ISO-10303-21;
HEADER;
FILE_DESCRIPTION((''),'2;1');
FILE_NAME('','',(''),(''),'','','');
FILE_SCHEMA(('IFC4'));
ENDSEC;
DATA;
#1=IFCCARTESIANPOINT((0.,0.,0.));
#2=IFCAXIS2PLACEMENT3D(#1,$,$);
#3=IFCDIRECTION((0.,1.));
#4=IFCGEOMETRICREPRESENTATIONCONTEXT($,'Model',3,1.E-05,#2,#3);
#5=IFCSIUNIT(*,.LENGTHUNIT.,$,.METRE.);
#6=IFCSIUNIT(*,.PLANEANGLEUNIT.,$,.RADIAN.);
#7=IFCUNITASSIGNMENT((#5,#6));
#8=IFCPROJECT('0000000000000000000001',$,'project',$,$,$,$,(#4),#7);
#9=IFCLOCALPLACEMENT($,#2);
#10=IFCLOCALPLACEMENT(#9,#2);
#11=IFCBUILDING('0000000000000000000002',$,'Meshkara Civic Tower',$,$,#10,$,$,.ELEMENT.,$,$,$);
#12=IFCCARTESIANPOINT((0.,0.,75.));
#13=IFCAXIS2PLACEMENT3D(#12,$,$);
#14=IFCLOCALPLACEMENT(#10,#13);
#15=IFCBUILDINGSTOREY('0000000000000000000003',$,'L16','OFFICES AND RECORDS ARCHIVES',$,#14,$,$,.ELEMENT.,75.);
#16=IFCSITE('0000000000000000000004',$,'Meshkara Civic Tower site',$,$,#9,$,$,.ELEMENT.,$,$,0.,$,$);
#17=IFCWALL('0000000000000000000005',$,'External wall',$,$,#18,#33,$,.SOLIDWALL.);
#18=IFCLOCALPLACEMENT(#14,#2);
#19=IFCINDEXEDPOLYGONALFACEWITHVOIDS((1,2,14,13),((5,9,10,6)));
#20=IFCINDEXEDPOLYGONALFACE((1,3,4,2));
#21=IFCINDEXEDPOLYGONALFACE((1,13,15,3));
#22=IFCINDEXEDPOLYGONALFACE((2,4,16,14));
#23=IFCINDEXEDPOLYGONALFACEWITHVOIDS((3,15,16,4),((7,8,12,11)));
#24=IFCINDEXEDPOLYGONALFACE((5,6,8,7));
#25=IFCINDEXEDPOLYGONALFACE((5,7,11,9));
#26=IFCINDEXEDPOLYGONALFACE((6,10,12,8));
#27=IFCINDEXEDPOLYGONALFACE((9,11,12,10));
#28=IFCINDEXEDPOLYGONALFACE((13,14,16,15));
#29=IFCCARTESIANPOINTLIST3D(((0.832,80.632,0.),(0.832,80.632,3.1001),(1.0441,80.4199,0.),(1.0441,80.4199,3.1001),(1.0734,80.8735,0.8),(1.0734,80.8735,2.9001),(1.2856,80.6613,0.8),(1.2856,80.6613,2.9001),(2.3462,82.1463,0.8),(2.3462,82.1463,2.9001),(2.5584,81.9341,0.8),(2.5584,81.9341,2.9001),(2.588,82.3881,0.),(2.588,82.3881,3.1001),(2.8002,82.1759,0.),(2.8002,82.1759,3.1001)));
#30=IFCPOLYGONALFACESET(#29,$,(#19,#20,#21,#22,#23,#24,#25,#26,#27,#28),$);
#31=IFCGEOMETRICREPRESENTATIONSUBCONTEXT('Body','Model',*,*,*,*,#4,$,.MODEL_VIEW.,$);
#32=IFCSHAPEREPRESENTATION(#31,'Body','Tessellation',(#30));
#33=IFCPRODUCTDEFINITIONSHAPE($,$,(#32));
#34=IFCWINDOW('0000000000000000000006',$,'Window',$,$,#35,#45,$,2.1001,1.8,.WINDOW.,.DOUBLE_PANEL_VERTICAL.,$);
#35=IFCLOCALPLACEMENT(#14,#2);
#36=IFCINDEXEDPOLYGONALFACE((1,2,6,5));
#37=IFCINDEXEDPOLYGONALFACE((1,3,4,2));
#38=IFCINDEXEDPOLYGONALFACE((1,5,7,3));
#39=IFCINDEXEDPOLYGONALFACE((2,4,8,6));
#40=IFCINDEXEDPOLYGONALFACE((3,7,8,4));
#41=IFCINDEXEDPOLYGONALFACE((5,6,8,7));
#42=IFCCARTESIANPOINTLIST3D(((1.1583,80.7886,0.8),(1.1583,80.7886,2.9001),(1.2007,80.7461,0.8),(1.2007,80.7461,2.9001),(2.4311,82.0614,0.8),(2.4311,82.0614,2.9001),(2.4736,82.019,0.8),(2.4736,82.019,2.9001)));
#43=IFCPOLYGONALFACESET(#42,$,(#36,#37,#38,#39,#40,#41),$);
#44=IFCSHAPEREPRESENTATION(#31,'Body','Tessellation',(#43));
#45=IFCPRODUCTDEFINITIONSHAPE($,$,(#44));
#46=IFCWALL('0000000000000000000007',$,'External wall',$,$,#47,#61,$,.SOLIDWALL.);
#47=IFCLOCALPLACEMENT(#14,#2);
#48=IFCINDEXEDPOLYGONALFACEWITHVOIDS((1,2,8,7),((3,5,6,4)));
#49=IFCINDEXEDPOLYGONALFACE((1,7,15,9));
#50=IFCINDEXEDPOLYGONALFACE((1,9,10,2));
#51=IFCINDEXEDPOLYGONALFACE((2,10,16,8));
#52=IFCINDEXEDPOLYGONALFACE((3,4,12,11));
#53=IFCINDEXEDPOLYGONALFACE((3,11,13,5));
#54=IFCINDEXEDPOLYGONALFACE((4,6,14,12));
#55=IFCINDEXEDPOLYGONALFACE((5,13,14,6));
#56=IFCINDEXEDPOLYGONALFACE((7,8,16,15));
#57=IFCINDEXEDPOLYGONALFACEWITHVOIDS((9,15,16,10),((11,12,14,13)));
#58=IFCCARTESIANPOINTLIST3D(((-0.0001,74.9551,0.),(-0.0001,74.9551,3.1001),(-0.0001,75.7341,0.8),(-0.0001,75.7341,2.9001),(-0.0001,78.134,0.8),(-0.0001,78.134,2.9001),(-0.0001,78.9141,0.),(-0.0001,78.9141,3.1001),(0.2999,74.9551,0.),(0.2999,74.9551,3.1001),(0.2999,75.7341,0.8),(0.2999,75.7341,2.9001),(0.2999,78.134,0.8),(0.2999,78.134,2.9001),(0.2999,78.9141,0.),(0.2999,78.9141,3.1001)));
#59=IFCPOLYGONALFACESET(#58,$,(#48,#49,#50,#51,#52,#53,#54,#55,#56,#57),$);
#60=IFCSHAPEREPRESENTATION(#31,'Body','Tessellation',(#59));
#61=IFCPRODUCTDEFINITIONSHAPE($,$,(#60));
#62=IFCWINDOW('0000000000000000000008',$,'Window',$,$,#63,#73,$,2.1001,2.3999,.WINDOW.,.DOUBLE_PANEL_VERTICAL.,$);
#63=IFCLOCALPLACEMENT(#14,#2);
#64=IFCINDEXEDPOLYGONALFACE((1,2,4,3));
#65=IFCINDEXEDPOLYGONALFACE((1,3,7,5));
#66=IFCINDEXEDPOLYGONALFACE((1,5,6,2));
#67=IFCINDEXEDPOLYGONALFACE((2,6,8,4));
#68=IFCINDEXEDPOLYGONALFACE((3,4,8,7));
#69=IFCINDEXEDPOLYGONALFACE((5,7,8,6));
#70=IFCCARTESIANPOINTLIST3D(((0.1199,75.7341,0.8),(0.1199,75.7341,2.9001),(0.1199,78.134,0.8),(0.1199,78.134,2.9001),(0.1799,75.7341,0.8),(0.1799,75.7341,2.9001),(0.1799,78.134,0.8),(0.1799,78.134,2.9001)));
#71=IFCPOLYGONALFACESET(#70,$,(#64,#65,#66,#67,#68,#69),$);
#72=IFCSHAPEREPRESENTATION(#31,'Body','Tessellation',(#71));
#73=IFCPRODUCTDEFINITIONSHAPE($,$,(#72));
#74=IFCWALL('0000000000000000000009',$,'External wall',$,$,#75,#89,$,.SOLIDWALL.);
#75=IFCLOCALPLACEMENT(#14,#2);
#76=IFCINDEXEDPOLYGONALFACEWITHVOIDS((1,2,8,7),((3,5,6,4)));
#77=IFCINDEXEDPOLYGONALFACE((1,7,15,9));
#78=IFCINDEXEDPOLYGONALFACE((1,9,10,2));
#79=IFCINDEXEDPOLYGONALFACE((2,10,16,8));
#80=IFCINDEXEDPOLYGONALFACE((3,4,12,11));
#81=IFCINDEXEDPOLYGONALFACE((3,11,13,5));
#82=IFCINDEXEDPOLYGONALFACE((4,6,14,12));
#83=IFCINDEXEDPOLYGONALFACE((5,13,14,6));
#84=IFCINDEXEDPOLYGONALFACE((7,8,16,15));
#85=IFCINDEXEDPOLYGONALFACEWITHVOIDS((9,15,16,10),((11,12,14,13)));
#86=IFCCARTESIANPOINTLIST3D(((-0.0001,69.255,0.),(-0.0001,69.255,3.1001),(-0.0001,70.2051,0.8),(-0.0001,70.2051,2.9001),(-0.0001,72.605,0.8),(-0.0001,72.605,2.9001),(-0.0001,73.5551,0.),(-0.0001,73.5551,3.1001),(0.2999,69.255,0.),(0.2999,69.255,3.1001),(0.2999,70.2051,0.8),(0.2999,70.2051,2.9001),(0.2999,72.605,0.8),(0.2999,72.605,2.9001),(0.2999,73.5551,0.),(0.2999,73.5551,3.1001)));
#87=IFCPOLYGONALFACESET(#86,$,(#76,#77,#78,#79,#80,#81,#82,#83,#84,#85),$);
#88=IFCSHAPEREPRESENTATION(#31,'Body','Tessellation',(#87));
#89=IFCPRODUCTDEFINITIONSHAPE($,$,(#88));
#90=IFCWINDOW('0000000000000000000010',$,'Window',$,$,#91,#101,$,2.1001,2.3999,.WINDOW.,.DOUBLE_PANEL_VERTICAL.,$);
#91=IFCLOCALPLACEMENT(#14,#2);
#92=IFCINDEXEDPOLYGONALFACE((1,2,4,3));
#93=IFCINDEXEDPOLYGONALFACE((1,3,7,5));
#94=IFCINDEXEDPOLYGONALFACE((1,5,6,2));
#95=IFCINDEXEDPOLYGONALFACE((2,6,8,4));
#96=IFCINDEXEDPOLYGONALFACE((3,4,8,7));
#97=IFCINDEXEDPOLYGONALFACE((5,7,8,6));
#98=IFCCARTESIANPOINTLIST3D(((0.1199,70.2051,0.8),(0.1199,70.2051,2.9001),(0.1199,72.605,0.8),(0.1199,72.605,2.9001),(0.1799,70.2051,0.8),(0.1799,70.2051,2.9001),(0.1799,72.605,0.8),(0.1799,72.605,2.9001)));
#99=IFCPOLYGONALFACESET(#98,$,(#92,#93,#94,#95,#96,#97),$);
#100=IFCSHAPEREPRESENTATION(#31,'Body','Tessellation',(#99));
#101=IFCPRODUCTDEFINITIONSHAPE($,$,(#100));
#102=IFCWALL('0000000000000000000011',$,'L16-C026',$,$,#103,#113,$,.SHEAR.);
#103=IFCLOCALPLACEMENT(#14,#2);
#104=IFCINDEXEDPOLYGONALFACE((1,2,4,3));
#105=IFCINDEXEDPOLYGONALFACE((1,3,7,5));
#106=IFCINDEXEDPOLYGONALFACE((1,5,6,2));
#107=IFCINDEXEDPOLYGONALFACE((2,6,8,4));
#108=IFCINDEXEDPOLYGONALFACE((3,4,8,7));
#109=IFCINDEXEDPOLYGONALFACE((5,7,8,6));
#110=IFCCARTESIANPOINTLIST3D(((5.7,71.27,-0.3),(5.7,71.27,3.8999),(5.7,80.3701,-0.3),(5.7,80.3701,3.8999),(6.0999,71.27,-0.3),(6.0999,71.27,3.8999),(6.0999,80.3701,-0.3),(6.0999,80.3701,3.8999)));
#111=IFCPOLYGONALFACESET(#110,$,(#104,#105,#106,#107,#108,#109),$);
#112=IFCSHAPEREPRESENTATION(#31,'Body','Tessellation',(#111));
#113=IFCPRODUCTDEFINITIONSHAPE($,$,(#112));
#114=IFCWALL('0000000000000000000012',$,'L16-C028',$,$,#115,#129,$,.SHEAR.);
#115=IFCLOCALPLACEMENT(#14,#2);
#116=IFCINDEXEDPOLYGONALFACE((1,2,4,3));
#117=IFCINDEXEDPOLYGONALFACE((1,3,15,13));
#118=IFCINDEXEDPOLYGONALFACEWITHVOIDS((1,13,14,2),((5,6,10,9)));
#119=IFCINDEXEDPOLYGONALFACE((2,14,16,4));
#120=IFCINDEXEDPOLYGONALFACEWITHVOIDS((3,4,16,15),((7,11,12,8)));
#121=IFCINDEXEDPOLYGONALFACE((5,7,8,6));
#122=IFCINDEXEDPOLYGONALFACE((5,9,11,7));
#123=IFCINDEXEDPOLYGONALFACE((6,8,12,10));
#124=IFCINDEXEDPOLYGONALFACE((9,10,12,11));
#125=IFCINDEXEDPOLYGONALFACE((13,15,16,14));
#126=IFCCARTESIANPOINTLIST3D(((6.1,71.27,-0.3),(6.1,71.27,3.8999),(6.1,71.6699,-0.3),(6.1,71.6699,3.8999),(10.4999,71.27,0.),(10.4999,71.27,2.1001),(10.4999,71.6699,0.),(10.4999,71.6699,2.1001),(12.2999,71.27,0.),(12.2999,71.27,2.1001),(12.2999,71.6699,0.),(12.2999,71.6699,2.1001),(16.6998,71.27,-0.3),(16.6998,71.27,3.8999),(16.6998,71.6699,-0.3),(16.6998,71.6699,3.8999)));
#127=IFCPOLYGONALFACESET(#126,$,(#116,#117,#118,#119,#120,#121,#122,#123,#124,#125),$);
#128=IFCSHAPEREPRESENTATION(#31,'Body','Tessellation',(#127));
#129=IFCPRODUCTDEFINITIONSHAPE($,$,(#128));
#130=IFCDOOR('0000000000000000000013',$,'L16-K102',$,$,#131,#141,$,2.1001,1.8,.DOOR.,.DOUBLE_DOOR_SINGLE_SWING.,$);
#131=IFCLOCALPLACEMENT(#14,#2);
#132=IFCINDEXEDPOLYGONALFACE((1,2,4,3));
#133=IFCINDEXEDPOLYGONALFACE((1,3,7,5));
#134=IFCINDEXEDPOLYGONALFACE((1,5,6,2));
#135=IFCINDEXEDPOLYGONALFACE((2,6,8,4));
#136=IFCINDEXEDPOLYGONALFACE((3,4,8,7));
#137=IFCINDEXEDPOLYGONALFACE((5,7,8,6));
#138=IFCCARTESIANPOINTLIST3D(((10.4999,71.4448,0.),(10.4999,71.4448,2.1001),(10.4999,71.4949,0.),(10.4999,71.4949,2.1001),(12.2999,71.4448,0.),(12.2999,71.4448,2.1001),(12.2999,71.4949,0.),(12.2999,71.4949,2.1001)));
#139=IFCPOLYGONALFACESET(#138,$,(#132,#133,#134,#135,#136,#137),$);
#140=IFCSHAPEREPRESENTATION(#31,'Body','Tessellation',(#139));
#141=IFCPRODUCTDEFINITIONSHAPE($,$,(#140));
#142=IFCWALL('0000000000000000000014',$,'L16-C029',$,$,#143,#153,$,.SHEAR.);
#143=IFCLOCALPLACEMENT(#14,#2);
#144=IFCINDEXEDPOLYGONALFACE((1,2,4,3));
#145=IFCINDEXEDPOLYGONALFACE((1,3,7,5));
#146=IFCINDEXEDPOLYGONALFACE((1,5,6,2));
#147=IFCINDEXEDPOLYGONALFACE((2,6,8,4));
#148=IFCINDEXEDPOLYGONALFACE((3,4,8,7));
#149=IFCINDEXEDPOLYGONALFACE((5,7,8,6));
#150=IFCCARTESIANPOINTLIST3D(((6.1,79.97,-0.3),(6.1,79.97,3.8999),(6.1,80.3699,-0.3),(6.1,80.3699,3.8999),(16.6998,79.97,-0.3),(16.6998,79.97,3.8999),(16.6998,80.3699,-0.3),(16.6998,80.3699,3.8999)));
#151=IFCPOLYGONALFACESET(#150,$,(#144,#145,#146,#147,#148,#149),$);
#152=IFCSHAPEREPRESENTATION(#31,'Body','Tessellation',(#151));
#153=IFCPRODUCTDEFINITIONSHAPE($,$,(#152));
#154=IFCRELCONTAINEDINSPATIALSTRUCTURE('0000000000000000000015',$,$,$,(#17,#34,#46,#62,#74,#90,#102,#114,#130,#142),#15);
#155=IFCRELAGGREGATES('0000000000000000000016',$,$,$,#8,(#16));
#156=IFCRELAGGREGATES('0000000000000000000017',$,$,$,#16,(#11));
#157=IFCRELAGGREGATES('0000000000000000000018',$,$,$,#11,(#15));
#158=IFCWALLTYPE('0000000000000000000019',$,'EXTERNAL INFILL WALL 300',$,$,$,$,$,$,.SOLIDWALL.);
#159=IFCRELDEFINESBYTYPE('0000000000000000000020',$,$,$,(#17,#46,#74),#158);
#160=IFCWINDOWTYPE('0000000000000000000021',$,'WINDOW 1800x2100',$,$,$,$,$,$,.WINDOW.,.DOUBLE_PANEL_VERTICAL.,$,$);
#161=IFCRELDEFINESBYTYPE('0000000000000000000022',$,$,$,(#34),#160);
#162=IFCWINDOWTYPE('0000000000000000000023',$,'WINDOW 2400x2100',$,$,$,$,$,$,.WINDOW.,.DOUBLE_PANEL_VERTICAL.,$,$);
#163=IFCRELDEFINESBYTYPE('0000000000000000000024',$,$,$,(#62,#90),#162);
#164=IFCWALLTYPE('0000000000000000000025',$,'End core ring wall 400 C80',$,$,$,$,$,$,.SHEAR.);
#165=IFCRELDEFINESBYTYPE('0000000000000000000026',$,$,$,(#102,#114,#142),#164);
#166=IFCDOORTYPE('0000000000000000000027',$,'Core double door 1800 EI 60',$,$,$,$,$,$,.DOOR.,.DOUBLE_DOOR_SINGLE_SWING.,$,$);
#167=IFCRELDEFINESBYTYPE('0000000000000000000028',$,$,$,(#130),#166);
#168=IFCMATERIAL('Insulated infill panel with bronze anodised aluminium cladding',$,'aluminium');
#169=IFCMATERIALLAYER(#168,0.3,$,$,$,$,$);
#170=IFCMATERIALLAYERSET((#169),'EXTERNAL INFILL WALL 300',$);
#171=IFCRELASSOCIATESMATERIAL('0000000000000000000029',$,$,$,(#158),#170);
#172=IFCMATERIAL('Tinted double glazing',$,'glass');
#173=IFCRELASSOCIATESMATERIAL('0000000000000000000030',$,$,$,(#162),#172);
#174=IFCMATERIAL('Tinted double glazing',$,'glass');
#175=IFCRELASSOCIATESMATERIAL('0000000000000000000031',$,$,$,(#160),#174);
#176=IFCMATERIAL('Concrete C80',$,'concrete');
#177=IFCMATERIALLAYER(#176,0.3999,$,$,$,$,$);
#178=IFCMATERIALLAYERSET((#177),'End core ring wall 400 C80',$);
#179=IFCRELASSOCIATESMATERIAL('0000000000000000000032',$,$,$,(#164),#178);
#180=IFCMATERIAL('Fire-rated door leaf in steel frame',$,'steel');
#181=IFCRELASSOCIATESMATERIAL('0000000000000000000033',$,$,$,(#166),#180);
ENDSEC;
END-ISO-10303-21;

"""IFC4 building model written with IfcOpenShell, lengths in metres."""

from ifc_helpers import new_model, si_unit, direction, frame, frame_2d, origin, place, context, subcontext, project, spatial, rectangle, extrude, material, layer, layer_set, type_object, element, fill, save


model = new_model("IFC4")

# Units and contexts
model_context = context("Model", 3, precision=1e-05, world=origin(), true_north=direction((0.0, 1.0)))
body_context = subcontext(model_context, "Body", "Model", "MODEL_VIEW")
ifc_project = project(units=[si_unit("LENGTHUNIT", "METRE"), si_unit("PLANEANGLEUNIT", "RADIAN")], contexts=[model_context])

# Site, building, storey
site_placement = place(None, origin())
site = spatial("IfcSite", under=ifc_project, at=site_placement, Name="Meshkara Civic Tower site", CompositionType="ELEMENT", RefElevation=0.0)
building_placement = place(site_placement, origin())
building = spatial("IfcBuilding", under=site, at=building_placement, Name="Meshkara Civic Tower", CompositionType="ELEMENT")
storey_placement = place(building_placement, frame((0.0, 0.0, 75.0)))
storey = spatial("IfcBuildingStorey", under=building, at=storey_placement, Name="L16", Description="OFFICES AND RECORDS ARCHIVES", CompositionType="ELEMENT", Elevation=75.0)

# Walls, openings, windows
ifc_material_1 = material(Name="Insulated infill panel with bronze anodised aluminium cladding", Category="aluminium")
ifc_layer_1 = layer(ifc_material_1, 0.3)
ifc_layer_set_1 = layer_set([ifc_layer_1], Name="EXTERNAL INFILL WALL 300")
wall_type_1 = type_object("IfcWallType", Name="EXTERNAL INFILL WALL 300", PredefinedType="SOLIDWALL", material=ifc_layer_set_1)
ifc_material_2 = material(Name="Tinted double glazing", Category="glass")
window_type_1 = type_object("IfcWindowType", Name="WINDOW 2400x2100", PartitioningType="DOUBLE_PANEL_VERTICAL", PredefinedType="WINDOW", material=ifc_material_2)
wall_1_placement = place(storey_placement, frame((2.6941, 82.282, 0.0), z_axis=(0.0, 0.0, 1.0), x_axis=(-0.707107, -0.707107, 0.0)))
wall_1 = element("IfcWall", 1, at=wall_1_placement, inside=storey, type_object=wall_type_1, Name="External wall", PredefinedType="SOLIDWALL", context=body_context, shape_type="SweptSolid", body=[
    extrude(rectangle(XDim=2.4834, YDim=0.3, at=frame_2d((1.2417, 0.0))), origin(), (0.0, 0.0, 1.0), 3.1001),
])
opening_1_placement = place(wall_1_placement, frame((0.342, 0.0, 0.8)))
opening_1 = element("IfcOpeningElement", 2, at=opening_1_placement, cuts=wall_1, PredefinedType="OPENING", context=body_context, shape_type="SweptSolid", body=[
    extrude(rectangle(XDim=1.8, YDim=2.1001, at=frame_2d((0.8999, 1.05))), frame((0.0, 0.1599, 0.0), z_axis=(0.0, -1.0, 0.0), x_axis=(1.0, 0.0, 0.0)), (0.0, 0.0, 1.0), 0.3201),
])
ifc_material_3 = material(Name="Tinted double glazing", Category="glass")
window_type_2 = type_object("IfcWindowType", Name="WINDOW 1800x2100", PartitioningType="DOUBLE_PANEL_VERTICAL", PredefinedType="WINDOW", material=ifc_material_3)
window_1_placement = place(opening_1_placement, origin())
window_1 = element("IfcWindow", 3, at=window_1_placement, inside=storey, type_object=window_type_2, Name="Window", OverallHeight=2.1001, OverallWidth=1.8, PartitioningType="DOUBLE_PANEL_VERTICAL", PredefinedType="WINDOW", context=body_context, shape_type="SweptSolid", body=[
    extrude(rectangle(XDim=1.8, YDim=2.1001, at=frame_2d((0.8999, 1.05))), frame((0.0, 0.03, 0.0), z_axis=(0.0, -1.0, 0.0), x_axis=(1.0, 0.0, 0.0)), (0.0, 0.0, 1.0), 0.0601),
])
fill(opening_1, window_1)
wall_2_placement = place(storey_placement, frame((0.1499, 78.9141, 0.0), z_axis=(0.0, 0.0, 1.0), x_axis=(0.0, -1.0, 0.0)))
wall_2 = element("IfcWall", 4, at=wall_2_placement, inside=storey, type_object=wall_type_1, Name="External wall", PredefinedType="SOLIDWALL", context=body_context, shape_type="SweptSolid", body=[
    extrude(rectangle(XDim=3.959, YDim=0.3, at=frame_2d((1.9795, 0.0))), origin(), (0.0, 0.0, 1.0), 3.1001),
])
opening_2_placement = place(wall_2_placement, frame((0.78, 0.0, 0.8)))
opening_2 = element("IfcOpeningElement", 5, at=opening_2_placement, cuts=wall_2, PredefinedType="OPENING", context=body_context, shape_type="SweptSolid", body=[
    extrude(rectangle(XDim=2.3999, YDim=2.1001, at=frame_2d((1.2, 1.05))), frame((0.0, 0.1599, 0.0), z_axis=(0.0, -1.0, 0.0), x_axis=(1.0, 0.0, 0.0)), (0.0, 0.0, 1.0), 0.3201),
])
window_2_placement = place(opening_2_placement, origin())
window_2 = element("IfcWindow", 6, at=window_2_placement, inside=storey, type_object=window_type_1, Name="Window", OverallHeight=2.1001, OverallWidth=2.3999, PartitioningType="DOUBLE_PANEL_VERTICAL", PredefinedType="WINDOW", context=body_context, shape_type="SweptSolid", body=[
    extrude(rectangle(XDim=2.3999, YDim=2.1001, at=frame_2d((1.2, 1.05))), frame((0.0, 0.03, 0.0), z_axis=(0.0, -1.0, 0.0), x_axis=(1.0, 0.0, 0.0)), (0.0, 0.0, 1.0), 0.0601),
])
fill(opening_2, window_2)
wall_3_placement = place(storey_placement, frame((0.1499, 73.5549, 0.0), z_axis=(0.0, 0.0, 1.0), x_axis=(0.0, -1.0, 0.0)))
wall_3 = element("IfcWall", 7, at=wall_3_placement, inside=storey, type_object=wall_type_1, Name="External wall", PredefinedType="SOLIDWALL", context=body_context, shape_type="SweptSolid", body=[
    extrude(rectangle(XDim=4.3, YDim=0.3, at=frame_2d((2.1499, 0.0))), origin(), (0.0, 0.0, 1.0), 3.1001),
])
opening_3_placement = place(wall_3_placement, frame((0.95, 0.0, 0.8)))
opening_3 = element("IfcOpeningElement", 8, at=opening_3_placement, cuts=wall_3, PredefinedType="OPENING", context=body_context, shape_type="SweptSolid", body=[
    extrude(rectangle(XDim=2.3999, YDim=2.1001, at=frame_2d((1.2, 1.05))), frame((0.0, 0.1599, 0.0), z_axis=(0.0, -1.0, 0.0), x_axis=(1.0, 0.0, 0.0)), (0.0, 0.0, 1.0), 0.3201),
])
window_3_placement = place(opening_3_placement, origin())
window_3 = element("IfcWindow", 9, at=window_3_placement, inside=storey, type_object=window_type_1, Name="Window", OverallHeight=2.1001, OverallWidth=2.3999, PartitioningType="DOUBLE_PANEL_VERTICAL", PredefinedType="WINDOW", context=body_context, shape_type="SweptSolid", body=[
    extrude(rectangle(XDim=2.3999, YDim=2.1001, at=frame_2d((1.2, 1.05))), frame((0.0, 0.03, 0.0), z_axis=(0.0, -1.0, 0.0), x_axis=(1.0, 0.0, 0.0)), (0.0, 0.0, 1.0), 0.0601),
])
fill(opening_3, window_3)

# Wall
ifc_material_4 = material(Name="Concrete C80", Category="concrete")
ifc_layer_2 = layer(ifc_material_4, 0.3999)
ifc_layer_set_2 = layer_set([ifc_layer_2], Name="End core ring wall 400 C80")
wall_type_2 = type_object("IfcWallType", Name="End core ring wall 400 C80", PredefinedType="SHEAR", material=ifc_layer_set_2)
wall_4_placement = place(storey_placement, frame((5.8999, 71.27, -0.3), z_axis=(0.0, 0.0, 1.0), x_axis=(0.0, 1.0, 0.0)))
element("IfcWall", 10, at=wall_4_placement, inside=storey, type_object=wall_type_2, Name="L16-C026", PredefinedType="SHEAR", context=body_context, shape_type="SweptSolid", body=[
    extrude(rectangle(XDim=9.1001, YDim=0.3999, at=frame_2d((4.55, 0.0))), origin(), (0.0, 0.0, 1.0), 4.2),
])

# Wall, opening, door
wall_5_placement = place(storey_placement, frame((6.1001, 71.47, -0.3), z_axis=(0.0, 0.0, 1.0), x_axis=(1.0, 0.0, 0.0)))
wall_5 = element("IfcWall", 11, at=wall_5_placement, inside=storey, type_object=wall_type_2, Name="L16-C028", PredefinedType="SHEAR", context=body_context, shape_type="SweptSolid", body=[
    extrude(rectangle(XDim=10.5999, YDim=0.3999, at=frame_2d((5.2998, 0.0))), origin(), (0.0, 0.0, 1.0), 4.2),
])
opening_4_placement = place(wall_5_placement, frame((4.3999, 0.0, 0.3)))
opening_4 = element("IfcOpeningElement", 12, at=opening_4_placement, cuts=wall_5, PredefinedType="OPENING", context=body_context, shape_type="SweptSolid", body=[
    extrude(rectangle(XDim=1.8, YDim=2.1001, at=frame_2d((0.8999, 1.05))), frame((0.0, 0.21, 0.0), z_axis=(0.0, -1.0, 0.0), x_axis=(1.0, 0.0, 0.0)), (0.0, 0.0, 1.0), 0.4199),
])
ifc_material_5 = material(Name="Fire-rated door leaf in steel frame", Category="steel")
door_type_1 = type_object("IfcDoorType", Name="Core double door 1800 EI 60", OperationType="DOUBLE_DOOR_SINGLE_SWING", PredefinedType="DOOR", material=ifc_material_5)
door_1_placement = place(opening_4_placement, origin())
door_1 = element("IfcDoor", 13, at=door_1_placement, inside=storey, type_object=door_type_1, Name="L16-K102", OperationType="DOUBLE_DOOR_SINGLE_SWING", OverallHeight=2.1001, OverallWidth=1.8, PredefinedType="DOOR", context=body_context, shape_type="SweptSolid", body=[
    extrude(rectangle(XDim=1.8, YDim=2.1001, at=frame_2d((0.8999, 1.05))), frame((0.0, 0.0249, 0.0), z_axis=(0.0, -1.0, 0.0), x_axis=(1.0, 0.0, 0.0)), (0.0, 0.0, 1.0), 0.05),
])
fill(opening_4, door_1)

# Wall
wall_6_placement = place(storey_placement, frame((6.1001, 80.1699, -0.3), z_axis=(0.0, 0.0, 1.0), x_axis=(1.0, 0.0, 0.0)))
element("IfcWall", 14, at=wall_6_placement, inside=storey, type_object=wall_type_2, Name="L16-C029", PredefinedType="SHEAR", context=body_context, shape_type="SweptSolid", body=[
    extrude(rectangle(XDim=10.5999, YDim=0.3999, at=frame_2d((5.2998, 0.0))), origin(), (0.0, 0.0, 1.0), 4.2),
])

save(model, "model.ifc")
